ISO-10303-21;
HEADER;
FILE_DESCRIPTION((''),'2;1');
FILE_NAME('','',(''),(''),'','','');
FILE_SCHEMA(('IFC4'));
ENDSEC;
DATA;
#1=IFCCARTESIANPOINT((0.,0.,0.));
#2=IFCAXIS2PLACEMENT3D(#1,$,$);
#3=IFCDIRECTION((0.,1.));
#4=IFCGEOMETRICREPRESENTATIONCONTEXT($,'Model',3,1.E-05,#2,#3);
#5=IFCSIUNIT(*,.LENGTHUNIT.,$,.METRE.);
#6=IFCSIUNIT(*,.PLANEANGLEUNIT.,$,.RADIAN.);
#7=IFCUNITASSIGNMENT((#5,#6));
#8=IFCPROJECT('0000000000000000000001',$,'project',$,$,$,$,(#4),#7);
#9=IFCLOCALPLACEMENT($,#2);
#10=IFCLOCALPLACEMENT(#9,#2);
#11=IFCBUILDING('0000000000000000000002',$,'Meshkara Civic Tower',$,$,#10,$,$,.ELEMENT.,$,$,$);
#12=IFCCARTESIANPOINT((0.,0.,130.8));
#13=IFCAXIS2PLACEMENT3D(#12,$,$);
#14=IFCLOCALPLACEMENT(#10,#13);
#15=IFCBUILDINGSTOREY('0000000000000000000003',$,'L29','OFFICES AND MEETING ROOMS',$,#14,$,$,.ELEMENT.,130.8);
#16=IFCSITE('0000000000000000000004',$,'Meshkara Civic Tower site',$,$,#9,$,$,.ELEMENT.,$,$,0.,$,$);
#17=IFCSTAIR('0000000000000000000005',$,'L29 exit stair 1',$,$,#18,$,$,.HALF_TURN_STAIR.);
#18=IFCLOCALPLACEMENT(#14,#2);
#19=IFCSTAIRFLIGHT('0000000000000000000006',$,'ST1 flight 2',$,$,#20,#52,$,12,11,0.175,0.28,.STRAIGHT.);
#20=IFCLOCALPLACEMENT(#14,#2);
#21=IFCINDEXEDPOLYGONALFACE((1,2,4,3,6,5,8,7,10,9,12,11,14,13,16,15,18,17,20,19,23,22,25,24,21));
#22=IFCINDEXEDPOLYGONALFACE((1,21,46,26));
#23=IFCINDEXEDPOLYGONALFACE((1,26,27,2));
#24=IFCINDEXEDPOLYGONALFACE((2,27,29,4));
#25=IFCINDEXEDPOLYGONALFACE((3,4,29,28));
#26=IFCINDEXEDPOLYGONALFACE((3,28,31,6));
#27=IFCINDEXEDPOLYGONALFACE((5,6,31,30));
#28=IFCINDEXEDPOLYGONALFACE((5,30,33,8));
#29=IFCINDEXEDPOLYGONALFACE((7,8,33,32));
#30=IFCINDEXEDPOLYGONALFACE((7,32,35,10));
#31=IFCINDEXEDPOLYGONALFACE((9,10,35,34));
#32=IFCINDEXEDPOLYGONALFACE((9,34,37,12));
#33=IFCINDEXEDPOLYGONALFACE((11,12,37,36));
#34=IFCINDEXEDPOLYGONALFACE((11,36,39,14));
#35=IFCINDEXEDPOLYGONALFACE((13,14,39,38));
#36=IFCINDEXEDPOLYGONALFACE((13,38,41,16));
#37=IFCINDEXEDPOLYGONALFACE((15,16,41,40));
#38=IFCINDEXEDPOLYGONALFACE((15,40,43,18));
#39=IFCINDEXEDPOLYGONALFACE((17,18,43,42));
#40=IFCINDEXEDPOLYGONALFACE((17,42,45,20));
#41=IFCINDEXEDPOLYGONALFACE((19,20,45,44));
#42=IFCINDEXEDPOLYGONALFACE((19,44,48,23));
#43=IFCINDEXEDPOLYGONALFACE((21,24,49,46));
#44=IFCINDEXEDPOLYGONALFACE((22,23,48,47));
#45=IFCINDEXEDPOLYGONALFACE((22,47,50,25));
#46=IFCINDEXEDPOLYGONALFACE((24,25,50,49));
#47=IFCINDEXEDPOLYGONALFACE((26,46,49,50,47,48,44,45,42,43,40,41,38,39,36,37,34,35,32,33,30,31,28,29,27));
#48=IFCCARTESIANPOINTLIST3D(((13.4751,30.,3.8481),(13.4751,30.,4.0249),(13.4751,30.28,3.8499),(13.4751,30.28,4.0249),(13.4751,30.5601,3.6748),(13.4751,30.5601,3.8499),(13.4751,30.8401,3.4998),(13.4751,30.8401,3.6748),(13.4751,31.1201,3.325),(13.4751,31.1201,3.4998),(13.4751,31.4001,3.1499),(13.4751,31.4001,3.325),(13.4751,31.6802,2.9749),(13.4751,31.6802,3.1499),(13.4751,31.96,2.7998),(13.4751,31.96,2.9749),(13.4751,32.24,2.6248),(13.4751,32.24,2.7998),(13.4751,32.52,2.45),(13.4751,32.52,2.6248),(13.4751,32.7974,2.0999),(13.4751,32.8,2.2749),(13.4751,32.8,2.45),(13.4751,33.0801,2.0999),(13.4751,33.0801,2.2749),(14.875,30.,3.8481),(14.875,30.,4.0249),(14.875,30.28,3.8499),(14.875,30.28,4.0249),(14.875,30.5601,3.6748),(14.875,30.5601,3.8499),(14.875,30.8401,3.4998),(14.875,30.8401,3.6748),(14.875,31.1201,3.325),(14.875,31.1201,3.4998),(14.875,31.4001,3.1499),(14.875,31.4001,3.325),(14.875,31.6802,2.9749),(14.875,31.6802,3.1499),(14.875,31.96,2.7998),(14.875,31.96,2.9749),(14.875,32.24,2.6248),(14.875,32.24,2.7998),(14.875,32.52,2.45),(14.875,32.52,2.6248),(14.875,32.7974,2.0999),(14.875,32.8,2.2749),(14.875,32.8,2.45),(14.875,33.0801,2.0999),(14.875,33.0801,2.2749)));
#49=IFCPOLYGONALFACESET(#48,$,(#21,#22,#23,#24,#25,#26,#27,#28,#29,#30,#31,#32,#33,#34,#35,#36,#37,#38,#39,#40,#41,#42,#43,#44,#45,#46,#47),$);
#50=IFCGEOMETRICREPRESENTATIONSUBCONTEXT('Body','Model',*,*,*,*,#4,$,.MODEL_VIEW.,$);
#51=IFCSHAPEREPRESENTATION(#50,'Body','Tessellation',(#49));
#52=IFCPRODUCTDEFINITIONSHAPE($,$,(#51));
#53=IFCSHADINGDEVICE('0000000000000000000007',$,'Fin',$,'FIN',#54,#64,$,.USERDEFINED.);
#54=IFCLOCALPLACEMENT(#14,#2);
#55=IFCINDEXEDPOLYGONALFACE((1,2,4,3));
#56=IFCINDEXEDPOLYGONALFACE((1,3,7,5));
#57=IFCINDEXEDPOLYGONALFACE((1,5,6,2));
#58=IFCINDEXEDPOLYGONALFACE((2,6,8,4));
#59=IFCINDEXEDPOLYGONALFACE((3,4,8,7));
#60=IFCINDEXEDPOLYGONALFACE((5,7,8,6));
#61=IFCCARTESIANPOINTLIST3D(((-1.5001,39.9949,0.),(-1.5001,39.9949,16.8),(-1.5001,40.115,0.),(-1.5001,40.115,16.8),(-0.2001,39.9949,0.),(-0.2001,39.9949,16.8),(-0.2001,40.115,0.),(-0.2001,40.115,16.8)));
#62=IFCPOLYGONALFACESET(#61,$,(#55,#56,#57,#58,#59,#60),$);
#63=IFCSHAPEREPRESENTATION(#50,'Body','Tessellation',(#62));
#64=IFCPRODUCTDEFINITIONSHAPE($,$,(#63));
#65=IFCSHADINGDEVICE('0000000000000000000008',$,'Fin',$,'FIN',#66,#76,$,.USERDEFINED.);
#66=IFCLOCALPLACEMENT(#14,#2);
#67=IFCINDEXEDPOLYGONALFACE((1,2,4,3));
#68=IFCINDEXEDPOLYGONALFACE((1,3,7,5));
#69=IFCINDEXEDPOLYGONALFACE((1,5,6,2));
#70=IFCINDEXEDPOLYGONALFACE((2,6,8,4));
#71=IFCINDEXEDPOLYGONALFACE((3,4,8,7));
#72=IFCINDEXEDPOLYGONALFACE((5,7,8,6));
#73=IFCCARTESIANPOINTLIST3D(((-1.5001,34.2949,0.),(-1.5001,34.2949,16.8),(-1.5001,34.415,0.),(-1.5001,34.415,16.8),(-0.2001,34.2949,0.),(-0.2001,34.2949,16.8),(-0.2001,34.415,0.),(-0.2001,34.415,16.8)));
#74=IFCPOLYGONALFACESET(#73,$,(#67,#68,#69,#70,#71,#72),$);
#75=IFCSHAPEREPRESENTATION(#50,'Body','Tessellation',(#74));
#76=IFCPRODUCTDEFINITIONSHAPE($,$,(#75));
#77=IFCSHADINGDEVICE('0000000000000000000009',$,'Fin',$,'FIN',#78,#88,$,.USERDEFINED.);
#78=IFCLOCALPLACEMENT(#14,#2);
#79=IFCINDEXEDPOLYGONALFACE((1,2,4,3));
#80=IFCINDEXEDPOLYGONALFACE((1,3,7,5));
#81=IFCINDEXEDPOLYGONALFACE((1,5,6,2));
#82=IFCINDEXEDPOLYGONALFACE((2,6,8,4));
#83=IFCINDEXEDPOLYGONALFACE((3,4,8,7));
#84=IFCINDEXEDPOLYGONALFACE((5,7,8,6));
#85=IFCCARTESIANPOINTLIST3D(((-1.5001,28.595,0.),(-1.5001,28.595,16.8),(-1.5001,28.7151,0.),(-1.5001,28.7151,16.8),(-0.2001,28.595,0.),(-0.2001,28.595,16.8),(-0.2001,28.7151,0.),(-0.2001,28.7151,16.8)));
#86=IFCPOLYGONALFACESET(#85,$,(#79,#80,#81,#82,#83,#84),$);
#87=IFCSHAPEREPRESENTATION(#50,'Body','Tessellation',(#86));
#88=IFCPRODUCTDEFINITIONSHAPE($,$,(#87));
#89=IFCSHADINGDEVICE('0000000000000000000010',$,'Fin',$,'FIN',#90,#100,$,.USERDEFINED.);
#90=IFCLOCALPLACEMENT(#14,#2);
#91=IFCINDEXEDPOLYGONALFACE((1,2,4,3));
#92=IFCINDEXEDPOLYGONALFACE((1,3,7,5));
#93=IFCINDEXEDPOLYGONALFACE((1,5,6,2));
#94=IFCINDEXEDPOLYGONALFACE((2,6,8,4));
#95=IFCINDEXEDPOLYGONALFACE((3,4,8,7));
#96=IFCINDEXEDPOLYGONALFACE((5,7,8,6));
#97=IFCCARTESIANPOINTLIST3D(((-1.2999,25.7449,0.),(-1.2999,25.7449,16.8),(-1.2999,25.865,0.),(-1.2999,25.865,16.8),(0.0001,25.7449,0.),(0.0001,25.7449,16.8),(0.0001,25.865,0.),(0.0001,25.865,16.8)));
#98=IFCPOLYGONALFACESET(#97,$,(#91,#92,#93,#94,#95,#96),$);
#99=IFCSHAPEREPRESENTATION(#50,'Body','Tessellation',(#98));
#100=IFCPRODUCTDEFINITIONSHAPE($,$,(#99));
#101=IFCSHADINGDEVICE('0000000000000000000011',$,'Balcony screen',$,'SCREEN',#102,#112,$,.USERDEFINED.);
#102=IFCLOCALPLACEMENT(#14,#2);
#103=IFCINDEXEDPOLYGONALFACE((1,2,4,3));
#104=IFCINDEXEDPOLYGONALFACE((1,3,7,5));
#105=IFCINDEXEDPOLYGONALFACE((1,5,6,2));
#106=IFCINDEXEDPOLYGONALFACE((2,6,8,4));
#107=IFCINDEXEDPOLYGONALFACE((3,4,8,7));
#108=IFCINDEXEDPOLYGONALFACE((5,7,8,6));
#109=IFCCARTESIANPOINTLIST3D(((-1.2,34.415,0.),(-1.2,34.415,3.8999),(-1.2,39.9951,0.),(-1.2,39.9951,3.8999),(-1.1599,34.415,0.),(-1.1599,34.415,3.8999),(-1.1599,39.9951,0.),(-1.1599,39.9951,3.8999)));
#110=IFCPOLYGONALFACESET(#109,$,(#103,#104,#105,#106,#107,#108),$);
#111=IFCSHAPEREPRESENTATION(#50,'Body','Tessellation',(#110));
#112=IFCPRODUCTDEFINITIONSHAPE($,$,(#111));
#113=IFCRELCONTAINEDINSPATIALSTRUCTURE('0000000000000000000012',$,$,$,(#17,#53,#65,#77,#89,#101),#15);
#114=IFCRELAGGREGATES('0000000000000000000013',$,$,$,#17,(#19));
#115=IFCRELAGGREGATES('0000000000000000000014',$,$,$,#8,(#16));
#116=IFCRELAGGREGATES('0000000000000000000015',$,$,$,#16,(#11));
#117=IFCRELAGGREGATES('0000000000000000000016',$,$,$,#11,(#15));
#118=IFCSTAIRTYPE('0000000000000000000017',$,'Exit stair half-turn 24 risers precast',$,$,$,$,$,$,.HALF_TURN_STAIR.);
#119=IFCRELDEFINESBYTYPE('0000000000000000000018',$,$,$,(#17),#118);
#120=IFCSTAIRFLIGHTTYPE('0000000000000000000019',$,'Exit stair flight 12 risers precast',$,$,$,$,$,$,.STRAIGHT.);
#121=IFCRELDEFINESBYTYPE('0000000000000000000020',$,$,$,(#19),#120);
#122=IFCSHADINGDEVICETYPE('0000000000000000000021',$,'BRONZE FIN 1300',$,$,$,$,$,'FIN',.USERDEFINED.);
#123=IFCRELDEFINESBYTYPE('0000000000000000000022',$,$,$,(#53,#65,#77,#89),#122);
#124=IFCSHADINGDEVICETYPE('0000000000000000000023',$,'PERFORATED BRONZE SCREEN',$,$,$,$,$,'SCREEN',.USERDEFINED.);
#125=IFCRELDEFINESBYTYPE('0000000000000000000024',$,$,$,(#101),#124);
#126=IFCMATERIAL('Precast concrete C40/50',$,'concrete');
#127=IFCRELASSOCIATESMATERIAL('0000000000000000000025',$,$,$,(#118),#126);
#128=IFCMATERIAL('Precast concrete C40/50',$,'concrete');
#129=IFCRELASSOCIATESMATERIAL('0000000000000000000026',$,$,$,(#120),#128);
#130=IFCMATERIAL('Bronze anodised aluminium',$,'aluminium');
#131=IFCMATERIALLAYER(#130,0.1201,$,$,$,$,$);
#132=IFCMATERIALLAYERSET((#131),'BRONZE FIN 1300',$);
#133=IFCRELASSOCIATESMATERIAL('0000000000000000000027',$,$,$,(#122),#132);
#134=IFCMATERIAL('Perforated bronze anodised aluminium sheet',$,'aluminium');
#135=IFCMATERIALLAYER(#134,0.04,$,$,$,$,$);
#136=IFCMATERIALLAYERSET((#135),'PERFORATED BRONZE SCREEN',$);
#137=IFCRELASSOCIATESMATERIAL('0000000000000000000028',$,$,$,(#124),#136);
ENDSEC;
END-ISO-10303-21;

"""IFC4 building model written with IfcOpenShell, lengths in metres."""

from ifc_helpers import new_model, si_unit, direction, frame, origin, origin_2d, place, context, subcontext, project, spatial, polyline, rectangle, outline, extrude, material, layer, layer_set, type_object, element, aggregate, save


model = new_model("IFC4")

# Units and contexts
model_context = context("Model", 3, precision=1e-05, world=origin(), true_north=direction((0.0, 1.0)))
body_context = subcontext(model_context, "Body", "Model", "MODEL_VIEW")
ifc_project = project(units=[si_unit("LENGTHUNIT", "METRE"), si_unit("PLANEANGLEUNIT", "RADIAN")], contexts=[model_context])

# Site, building, storey
site_placement = place(None, origin())
site = spatial("IfcSite", under=ifc_project, at=site_placement, Name="Meshkara Civic Tower site", CompositionType="ELEMENT", RefElevation=0.0)
building_placement = place(site_placement, origin())
building = spatial("IfcBuilding", under=site, at=building_placement, Name="Meshkara Civic Tower", CompositionType="ELEMENT")
storey_placement = place(building_placement, frame((0.0, 0.0, 130.8)))
storey = spatial("IfcBuildingStorey", under=building, at=storey_placement, Name="L29", Description="OFFICES AND MEETING ROOMS", CompositionType="ELEMENT", Elevation=130.8)

# Stair, stair flight
ifc_material_1 = material(Name="Precast concrete C40/50", Category="concrete")
stair_type = type_object("IfcStairType", Name="Exit stair half-turn 24 risers precast", PredefinedType="HALF_TURN_STAIR", material=ifc_material_1)
stair_placement = place(storey_placement, origin())
stair = element("IfcStair", 1, at=stair_placement, inside=storey, type_object=stair_type, Name="L29 exit stair 1", PredefinedType="HALF_TURN_STAIR")
ifc_material_2 = material(Name="Precast concrete C40/50", Category="concrete")
stair_flight_type = type_object("IfcStairFlightType", Name="Exit stair flight 12 risers precast", PredefinedType="STRAIGHT", material=ifc_material_2)
stair_flight_placement = place(storey_placement, frame((14.175, 33.0801, 2.0999), z_axis=(0.0, 0.0, 1.0), x_axis=(0.0, -1.0, 0.0)))
stair_flight = element("IfcStairFlight", 2, at=stair_flight_placement, type_object=stair_flight_type, Name="ST1 flight 2", NumberOfRisers=12, NumberOfTreads=11, PredefinedType="STRAIGHT", RiserHeight=0.175, TreadLength=0.28, context=body_context, shape_type="SweptSolid", body=[
    extrude(outline(polyline([(0.0, 0.0), (0.0, 0.175), (0.28, 0.175), (0.28, 0.3501), (0.5601, 0.3501), (0.5601, 0.5249), (0.8401, 0.5249), (0.8401, 0.7), (1.1201, 0.7), (1.1201, 0.875), (1.3999, 0.875), (1.3999, 1.05), (1.6799, 1.05), (1.6799, 1.2251), (1.96, 1.2251), (1.96, 1.3999), (2.24, 1.3999), (2.24, 1.575), (2.52, 1.575), (2.52, 1.75), (2.8, 1.75), (2.8, 1.925), (3.0801, 1.925), (3.0801, 2.1001), (3.0801, 1.7483), (0.2827, 0.0), (0.0, 0.0)])), frame((0.0, 0.7, 0.0), z_axis=(0.0, -1.0, 0.0), x_axis=(1.0, 0.0, 0.0)), (0.0, 0.0, 1.0), 1.3999),
])
aggregate(stair, [stair_flight])

# Shading devices
ifc_material_3 = material(Name="Bronze anodised aluminium", Category="aluminium")
ifc_layer_1 = layer(ifc_material_3, 0.1201)
ifc_layer_set_1 = layer_set([ifc_layer_1], Name="BRONZE FIN 1300")
shading_device_type_1 = type_object("IfcShadingDeviceType", Name="BRONZE FIN 1300", ElementType="FIN", PredefinedType="USERDEFINED", material=ifc_layer_set_1)
for number, where, z_axis, x_axis, name in (
    (3, (-0.8501, 40.0549, 0.0), (0.0, 0.0, 1.0), (0.0, -1.0, 0.0), "Fin"),
    (4, (-0.8501, 34.355, 0.0), (0.0, 0.0, 1.0), (0.0, -1.0, 0.0), "Fin"),
    (5, (-0.8501, 28.655, 0.0), (0.0, 0.0, 1.0), (0.0, -1.0, 0.0), "Fin"),
    (6, (-0.6499, 25.8049, 0.0), (0.0, 0.0, 1.0), (0.0, -1.0, 0.0), "Fin"),
):
    element("IfcShadingDevice", number, at=place(storey_placement, frame(where, z_axis=z_axis, x_axis=x_axis)), inside=storey, type_object=shading_device_type_1, Name=name, ObjectType="FIN", PredefinedType="USERDEFINED", context=body_context, shape_type="SweptSolid", body=[
        extrude(rectangle(XDim=0.1201, YDim=1.3, at=origin_2d()), origin(), (0.0, 0.0, 1.0), 16.8),
    ])
ifc_material_4 = material(Name="Perforated bronze anodised aluminium sheet", Category="aluminium")
ifc_layer_2 = layer(ifc_material_4, 0.04)
ifc_layer_set_2 = layer_set([ifc_layer_2], Name="PERFORATED BRONZE SCREEN")
shading_device_type_2 = type_object("IfcShadingDeviceType", Name="PERFORATED BRONZE SCREEN", ElementType="SCREEN", PredefinedType="USERDEFINED", material=ifc_layer_set_2)
shading_device_placement = place(storey_placement, frame((-1.1799, 37.2051, 0.0), z_axis=(0.0, 0.0, 1.0), x_axis=(0.0, -1.0, 0.0)))
element("IfcShadingDevice", 7, at=shading_device_placement, inside=storey, type_object=shading_device_type_2, Name="Balcony screen", ObjectType="SCREEN", PredefinedType="USERDEFINED", context=body_context, shape_type="SweptSolid", body=[
    extrude(rectangle(XDim=5.5801, YDim=0.04, at=origin_2d()), origin(), (0.0, 0.0, 1.0), 3.8999),
])

save(model, "model.ifc")
